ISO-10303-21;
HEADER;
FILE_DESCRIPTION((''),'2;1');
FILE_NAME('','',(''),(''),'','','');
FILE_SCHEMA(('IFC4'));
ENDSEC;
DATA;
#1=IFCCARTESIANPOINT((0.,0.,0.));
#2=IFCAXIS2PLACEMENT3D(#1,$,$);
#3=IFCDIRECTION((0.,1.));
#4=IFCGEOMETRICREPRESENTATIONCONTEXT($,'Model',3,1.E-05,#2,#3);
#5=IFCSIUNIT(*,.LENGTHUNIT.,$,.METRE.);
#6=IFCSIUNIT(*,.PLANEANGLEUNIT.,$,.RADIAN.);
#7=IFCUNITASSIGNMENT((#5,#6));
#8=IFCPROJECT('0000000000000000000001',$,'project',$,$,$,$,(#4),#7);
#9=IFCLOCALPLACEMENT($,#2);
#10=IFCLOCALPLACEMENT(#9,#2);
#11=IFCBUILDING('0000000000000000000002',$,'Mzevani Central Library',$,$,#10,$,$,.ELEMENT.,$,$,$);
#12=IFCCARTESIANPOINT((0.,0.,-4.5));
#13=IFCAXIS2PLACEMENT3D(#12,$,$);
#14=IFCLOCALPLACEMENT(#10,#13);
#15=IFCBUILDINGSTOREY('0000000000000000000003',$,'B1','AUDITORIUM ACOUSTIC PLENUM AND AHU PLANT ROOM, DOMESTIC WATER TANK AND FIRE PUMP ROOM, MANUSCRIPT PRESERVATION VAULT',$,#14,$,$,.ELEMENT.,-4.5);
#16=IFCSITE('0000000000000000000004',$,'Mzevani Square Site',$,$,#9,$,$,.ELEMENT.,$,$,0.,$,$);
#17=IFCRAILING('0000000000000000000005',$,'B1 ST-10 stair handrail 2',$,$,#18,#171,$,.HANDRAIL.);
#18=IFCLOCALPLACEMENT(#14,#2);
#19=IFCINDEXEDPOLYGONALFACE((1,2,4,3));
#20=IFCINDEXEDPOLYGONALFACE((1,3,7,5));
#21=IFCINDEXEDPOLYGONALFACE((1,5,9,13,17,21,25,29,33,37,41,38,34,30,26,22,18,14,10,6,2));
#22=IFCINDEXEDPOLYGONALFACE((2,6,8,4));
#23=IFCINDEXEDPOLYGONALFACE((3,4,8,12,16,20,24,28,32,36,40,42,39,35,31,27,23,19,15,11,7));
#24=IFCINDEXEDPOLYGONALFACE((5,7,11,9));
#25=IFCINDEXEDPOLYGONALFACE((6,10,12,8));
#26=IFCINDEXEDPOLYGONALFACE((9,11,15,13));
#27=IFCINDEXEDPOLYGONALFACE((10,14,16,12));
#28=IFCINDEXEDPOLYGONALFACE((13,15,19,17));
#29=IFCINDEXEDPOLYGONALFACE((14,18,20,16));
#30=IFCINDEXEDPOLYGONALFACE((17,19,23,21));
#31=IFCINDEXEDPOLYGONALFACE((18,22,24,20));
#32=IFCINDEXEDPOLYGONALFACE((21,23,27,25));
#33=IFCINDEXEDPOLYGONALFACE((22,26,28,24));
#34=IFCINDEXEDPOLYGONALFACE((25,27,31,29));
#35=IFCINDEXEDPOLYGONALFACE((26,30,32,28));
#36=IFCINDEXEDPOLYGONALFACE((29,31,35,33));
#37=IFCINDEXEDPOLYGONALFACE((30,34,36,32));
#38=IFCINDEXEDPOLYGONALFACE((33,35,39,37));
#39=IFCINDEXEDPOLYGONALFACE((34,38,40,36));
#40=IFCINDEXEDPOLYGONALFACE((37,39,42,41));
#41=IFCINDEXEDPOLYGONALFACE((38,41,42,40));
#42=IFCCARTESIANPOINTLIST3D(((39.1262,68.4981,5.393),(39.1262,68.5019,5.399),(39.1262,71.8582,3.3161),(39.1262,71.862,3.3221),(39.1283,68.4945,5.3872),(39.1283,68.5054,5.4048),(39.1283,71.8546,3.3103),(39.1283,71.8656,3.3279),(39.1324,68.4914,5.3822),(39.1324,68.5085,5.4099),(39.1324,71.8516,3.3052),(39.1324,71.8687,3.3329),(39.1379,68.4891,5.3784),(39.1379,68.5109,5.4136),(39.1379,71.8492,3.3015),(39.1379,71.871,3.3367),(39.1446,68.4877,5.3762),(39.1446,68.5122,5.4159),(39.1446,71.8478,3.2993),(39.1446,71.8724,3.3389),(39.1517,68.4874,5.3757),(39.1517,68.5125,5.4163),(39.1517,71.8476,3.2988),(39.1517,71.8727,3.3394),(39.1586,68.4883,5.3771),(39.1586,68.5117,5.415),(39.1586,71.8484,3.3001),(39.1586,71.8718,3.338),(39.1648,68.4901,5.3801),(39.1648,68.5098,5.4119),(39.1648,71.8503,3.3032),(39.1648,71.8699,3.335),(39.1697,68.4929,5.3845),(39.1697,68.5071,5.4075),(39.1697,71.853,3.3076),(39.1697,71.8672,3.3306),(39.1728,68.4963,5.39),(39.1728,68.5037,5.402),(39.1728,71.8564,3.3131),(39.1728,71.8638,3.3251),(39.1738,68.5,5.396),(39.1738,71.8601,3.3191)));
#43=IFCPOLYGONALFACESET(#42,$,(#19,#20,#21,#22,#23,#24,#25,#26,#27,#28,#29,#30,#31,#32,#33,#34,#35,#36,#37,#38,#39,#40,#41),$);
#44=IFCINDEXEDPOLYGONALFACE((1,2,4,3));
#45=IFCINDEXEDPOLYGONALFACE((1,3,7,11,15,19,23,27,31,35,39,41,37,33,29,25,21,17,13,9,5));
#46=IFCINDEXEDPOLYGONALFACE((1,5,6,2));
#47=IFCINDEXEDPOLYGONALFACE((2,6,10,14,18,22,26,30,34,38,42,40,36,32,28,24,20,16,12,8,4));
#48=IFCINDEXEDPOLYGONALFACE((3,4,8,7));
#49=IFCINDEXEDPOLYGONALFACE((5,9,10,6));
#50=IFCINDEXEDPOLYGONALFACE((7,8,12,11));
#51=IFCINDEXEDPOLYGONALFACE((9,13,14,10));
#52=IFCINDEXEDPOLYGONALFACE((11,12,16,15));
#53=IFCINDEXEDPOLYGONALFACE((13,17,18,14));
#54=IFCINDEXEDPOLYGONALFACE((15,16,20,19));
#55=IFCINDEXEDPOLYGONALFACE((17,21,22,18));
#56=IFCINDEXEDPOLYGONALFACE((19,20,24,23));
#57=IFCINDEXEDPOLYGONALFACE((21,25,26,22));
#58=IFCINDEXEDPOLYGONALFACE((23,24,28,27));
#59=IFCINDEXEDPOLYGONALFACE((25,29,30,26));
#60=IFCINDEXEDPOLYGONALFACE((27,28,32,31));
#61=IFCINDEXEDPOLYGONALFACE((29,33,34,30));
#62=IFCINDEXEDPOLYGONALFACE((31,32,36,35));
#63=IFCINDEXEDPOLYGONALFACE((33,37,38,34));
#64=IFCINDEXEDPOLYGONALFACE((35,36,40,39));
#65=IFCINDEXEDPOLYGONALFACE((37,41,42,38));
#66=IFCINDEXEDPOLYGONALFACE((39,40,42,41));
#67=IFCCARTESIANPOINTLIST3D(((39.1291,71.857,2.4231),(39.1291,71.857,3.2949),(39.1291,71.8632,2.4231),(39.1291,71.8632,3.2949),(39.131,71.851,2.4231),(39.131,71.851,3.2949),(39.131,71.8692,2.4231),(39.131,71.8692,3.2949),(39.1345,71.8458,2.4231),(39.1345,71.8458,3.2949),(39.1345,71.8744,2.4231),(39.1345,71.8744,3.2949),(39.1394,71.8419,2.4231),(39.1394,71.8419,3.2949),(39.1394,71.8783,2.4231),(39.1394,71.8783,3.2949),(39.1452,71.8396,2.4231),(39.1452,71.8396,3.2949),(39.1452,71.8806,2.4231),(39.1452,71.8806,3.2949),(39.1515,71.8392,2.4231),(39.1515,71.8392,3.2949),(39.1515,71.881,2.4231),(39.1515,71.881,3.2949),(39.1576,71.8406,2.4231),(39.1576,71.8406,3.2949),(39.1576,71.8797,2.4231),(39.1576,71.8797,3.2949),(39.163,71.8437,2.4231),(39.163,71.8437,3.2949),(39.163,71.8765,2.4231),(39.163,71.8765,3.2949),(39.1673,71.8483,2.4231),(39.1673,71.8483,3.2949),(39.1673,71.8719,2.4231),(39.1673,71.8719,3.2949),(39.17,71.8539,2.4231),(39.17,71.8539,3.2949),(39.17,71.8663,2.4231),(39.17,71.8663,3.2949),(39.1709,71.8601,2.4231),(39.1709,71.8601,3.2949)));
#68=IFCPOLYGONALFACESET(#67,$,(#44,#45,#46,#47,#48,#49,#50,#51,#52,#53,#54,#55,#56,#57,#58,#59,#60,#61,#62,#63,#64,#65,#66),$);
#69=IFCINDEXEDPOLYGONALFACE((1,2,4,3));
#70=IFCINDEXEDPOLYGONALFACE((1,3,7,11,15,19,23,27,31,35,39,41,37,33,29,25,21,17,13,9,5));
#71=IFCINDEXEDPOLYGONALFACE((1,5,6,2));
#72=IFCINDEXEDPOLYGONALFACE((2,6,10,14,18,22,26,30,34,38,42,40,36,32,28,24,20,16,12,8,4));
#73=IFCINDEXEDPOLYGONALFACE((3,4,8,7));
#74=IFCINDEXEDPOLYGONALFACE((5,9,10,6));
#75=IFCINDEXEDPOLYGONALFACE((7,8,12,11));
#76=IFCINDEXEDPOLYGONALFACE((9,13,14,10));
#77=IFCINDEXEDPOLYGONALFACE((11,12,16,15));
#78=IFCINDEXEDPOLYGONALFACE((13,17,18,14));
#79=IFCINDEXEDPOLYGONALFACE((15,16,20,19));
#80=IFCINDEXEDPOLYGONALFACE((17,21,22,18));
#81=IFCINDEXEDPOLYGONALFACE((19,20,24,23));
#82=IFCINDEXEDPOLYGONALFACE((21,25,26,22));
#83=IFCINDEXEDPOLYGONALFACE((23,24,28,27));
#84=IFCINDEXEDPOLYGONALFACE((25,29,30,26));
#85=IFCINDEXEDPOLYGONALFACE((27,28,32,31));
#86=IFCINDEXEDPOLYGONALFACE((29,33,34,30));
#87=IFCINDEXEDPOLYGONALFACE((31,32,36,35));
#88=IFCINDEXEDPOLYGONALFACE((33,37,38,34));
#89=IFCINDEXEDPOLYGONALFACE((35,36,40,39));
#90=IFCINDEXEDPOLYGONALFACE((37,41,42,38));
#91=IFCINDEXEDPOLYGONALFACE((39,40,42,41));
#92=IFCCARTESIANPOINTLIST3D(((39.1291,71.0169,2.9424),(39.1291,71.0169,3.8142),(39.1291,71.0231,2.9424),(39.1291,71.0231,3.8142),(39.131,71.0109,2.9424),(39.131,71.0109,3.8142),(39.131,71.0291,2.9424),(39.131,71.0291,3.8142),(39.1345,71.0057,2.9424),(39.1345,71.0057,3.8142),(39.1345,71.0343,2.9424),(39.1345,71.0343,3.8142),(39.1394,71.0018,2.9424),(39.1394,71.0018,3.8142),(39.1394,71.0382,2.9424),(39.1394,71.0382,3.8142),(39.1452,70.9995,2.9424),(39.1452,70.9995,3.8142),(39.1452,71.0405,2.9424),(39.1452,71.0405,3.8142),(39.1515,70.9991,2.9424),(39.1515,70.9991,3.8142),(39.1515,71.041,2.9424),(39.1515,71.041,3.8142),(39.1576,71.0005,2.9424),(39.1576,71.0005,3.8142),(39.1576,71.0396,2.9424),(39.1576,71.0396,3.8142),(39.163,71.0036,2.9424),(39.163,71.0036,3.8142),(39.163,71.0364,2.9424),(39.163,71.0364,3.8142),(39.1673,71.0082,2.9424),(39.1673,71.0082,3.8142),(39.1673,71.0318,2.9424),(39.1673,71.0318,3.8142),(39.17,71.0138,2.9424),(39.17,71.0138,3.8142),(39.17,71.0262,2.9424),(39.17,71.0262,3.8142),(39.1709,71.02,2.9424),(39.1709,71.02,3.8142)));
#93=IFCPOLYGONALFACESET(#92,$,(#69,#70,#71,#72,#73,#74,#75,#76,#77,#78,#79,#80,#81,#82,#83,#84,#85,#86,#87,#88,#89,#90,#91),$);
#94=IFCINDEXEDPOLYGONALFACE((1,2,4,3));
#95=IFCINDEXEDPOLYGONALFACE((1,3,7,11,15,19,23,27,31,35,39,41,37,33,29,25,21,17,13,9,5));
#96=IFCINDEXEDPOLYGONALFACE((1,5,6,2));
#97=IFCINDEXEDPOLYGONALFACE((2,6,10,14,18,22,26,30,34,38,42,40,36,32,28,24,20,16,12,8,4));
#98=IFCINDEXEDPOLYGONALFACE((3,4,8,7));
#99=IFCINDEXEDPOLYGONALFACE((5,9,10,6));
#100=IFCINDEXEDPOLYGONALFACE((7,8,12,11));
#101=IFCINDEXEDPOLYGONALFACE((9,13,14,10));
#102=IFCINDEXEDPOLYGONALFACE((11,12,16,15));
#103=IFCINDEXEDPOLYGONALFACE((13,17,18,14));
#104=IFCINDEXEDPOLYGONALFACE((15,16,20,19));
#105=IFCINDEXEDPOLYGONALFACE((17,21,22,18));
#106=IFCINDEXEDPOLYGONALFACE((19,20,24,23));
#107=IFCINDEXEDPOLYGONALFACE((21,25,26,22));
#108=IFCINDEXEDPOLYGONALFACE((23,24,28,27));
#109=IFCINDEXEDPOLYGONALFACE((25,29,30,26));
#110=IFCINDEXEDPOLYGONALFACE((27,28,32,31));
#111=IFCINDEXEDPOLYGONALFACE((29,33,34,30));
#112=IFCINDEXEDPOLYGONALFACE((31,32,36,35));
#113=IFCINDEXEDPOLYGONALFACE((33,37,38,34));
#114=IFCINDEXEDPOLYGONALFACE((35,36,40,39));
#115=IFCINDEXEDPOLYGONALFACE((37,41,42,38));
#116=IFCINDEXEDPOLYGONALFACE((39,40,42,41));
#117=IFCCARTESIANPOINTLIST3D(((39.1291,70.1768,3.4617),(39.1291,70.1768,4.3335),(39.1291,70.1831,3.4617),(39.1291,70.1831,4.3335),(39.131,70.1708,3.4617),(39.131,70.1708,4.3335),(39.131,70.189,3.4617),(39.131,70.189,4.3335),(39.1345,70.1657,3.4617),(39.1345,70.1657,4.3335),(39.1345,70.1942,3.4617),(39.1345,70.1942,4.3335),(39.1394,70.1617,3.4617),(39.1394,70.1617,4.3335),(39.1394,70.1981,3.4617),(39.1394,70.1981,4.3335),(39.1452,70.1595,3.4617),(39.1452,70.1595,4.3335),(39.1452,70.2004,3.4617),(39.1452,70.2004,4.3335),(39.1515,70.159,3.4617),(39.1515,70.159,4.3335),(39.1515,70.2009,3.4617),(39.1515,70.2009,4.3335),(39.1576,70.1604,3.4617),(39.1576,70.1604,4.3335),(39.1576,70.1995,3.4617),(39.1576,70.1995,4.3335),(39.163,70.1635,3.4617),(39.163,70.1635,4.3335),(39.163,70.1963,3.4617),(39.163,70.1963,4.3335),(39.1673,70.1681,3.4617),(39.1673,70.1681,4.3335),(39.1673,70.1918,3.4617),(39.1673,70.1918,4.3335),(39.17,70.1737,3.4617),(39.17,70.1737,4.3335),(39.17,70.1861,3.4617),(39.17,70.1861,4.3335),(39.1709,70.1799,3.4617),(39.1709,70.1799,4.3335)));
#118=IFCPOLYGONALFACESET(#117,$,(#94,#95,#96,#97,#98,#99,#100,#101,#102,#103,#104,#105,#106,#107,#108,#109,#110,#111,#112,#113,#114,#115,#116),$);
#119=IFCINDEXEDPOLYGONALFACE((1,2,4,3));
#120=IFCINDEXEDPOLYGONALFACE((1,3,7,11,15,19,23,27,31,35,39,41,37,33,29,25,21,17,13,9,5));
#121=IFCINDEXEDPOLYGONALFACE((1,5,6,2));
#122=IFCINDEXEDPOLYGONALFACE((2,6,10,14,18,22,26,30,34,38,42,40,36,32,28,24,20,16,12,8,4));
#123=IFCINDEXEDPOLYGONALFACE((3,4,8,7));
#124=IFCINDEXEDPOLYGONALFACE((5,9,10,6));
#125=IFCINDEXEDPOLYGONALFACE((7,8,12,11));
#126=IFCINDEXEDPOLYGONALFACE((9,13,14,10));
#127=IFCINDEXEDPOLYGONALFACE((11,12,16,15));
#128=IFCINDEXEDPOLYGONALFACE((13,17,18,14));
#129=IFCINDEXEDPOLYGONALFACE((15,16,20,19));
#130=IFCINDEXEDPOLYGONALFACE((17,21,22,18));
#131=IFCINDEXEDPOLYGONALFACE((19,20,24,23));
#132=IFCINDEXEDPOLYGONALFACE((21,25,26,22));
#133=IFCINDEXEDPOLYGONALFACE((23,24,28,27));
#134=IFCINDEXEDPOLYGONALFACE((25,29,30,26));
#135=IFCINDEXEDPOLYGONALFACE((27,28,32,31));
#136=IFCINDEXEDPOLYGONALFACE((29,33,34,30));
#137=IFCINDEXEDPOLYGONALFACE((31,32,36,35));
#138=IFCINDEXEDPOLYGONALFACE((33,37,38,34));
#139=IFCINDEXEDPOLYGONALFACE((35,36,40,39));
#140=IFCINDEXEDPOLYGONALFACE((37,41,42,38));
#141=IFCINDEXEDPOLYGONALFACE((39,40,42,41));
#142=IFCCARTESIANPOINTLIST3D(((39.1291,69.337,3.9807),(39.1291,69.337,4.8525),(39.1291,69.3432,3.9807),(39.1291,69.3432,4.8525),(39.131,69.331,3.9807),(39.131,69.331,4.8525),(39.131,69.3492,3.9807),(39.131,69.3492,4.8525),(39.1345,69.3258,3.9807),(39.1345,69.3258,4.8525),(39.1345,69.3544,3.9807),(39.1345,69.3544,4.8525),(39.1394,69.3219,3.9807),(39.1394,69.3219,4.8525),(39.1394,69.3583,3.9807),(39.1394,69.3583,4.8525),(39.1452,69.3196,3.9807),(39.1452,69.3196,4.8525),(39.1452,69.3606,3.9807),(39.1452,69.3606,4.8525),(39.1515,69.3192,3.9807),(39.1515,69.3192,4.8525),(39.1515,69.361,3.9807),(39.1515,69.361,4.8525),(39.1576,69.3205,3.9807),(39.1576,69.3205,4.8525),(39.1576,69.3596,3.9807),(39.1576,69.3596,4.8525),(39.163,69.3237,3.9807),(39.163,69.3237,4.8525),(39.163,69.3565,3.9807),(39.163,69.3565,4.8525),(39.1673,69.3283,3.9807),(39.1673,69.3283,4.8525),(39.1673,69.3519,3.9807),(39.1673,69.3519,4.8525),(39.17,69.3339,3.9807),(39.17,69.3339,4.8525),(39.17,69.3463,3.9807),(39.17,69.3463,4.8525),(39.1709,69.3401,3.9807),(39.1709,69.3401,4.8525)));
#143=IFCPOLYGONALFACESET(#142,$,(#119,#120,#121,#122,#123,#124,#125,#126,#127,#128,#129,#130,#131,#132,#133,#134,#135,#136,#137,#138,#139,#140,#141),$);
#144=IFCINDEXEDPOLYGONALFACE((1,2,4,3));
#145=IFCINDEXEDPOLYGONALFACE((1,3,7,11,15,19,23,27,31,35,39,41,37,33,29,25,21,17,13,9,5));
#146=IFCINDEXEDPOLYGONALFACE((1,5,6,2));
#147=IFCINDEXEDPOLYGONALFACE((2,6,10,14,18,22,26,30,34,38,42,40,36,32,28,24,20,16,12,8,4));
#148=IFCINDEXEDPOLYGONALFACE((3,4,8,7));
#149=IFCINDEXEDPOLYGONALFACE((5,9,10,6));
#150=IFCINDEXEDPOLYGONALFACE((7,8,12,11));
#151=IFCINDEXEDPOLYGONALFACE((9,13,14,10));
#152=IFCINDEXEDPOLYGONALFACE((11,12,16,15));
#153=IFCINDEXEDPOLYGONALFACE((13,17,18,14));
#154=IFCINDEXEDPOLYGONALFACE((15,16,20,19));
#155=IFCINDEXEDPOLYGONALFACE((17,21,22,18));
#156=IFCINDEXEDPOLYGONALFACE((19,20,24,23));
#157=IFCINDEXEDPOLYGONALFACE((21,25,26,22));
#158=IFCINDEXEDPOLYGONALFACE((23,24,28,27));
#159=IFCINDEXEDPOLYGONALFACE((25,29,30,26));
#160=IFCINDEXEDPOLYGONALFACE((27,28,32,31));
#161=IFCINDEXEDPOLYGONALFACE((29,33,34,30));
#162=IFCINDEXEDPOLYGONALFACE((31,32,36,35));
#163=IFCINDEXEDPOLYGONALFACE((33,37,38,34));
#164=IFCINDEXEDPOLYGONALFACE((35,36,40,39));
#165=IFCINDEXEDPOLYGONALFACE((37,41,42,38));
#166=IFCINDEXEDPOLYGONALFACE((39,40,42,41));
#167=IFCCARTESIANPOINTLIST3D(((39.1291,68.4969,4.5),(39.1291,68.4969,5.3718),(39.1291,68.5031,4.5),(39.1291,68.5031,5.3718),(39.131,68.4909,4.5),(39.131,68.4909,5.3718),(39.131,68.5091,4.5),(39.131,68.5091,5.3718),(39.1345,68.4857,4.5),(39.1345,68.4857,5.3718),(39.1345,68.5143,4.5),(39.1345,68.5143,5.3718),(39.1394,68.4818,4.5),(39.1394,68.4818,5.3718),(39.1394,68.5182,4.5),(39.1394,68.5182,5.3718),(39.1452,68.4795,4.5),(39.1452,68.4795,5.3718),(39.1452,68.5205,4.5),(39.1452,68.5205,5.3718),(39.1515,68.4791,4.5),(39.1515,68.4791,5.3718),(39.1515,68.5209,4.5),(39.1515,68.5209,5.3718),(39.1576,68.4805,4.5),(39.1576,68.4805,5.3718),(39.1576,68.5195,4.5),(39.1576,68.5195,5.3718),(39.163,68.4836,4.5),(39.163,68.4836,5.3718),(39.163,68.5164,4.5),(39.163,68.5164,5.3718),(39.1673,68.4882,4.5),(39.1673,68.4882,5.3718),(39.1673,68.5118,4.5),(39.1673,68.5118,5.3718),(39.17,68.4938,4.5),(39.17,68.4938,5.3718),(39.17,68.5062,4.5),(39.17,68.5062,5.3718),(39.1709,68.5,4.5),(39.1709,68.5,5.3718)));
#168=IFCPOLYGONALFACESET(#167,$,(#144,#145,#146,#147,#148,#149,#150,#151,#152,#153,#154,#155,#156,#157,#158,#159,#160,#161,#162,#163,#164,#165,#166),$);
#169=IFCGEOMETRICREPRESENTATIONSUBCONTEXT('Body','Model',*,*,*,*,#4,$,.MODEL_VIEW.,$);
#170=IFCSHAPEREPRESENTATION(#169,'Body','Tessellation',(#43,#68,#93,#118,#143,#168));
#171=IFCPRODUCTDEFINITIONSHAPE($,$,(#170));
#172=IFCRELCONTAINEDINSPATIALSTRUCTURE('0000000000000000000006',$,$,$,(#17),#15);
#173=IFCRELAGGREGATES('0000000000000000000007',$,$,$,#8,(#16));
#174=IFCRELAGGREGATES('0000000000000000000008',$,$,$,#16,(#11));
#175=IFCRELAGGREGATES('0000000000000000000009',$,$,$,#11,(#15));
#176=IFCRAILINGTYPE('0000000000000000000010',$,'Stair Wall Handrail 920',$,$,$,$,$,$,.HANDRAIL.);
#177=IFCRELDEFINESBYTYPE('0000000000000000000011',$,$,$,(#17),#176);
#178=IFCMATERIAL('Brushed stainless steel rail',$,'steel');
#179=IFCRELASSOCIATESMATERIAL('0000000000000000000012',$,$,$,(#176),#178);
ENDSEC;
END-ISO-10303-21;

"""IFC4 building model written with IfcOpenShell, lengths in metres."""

from ifc_helpers import new_model, si_unit, direction, frame, origin, origin_2d, place, context, subcontext, project, spatial, circle, extrude, material, type_object, element, save


model = new_model("IFC4")

# Units and contexts
model_context = context("Model", 3, precision=1e-05, world=origin(), true_north=direction((0.0, 1.0)))
body_context = subcontext(model_context, "Body", "Model", "MODEL_VIEW")
ifc_project = project(units=[si_unit("LENGTHUNIT", "METRE"), si_unit("PLANEANGLEUNIT", "RADIAN")], contexts=[model_context])

# Site, building, storey
site_placement = place(None, origin())
site = spatial("IfcSite", under=ifc_project, at=site_placement, Name="Mzevani Square Site", CompositionType="ELEMENT", RefElevation=0.0)
building_placement = place(site_placement, origin())
building = spatial("IfcBuilding", under=site, at=building_placement, Name="Mzevani Central Library", CompositionType="ELEMENT")
storey_placement = place(building_placement, frame((0.0, 0.0, -4.5)))
storey = spatial("IfcBuildingStorey", under=building, at=storey_placement, Name="B1", Description="AUDITORIUM ACOUSTIC PLENUM AND AHU PLANT ROOM, DOMESTIC WATER TANK AND FIRE PUMP ROOM, MANUSCRIPT PRESERVATION VAULT", CompositionType="ELEMENT", Elevation=-4.5)

# Shared definitions
ifc_material_1 = material(Name="Brushed stainless steel rail", Category="steel")

# Railing
railing_type_1 = type_object("IfcRailingType", Name="Stair Wall Handrail 920", PredefinedType="HANDRAIL", material=ifc_material_1)
railing_1_placement = place(storey_placement, frame((39.1499, 71.8601, 2.4231)))
element("IfcRailing", 1, at=railing_1_placement, inside=storey, type_object=railing_type_1, Name="B1 ST-10 stair handrail 2", PredefinedType="HANDRAIL", context=body_context, shape_type="SweptSolid", body=[
    extrude(circle(Radius=0.0239, at=origin_2d()), frame((0.0, 0.0, 0.896), z_axis=(0.0, -0.850623, 0.525776), x_axis=(1.0, 0.0, 0.0)), (0.0, 0.0, 1.0), 3.9502),
    extrude(circle(Radius=0.021, at=origin_2d()), origin(), (0.0, 0.0, 1.0), 0.8718),
    extrude(circle(Radius=0.021, at=origin_2d()), frame((0.0, -0.8401, 0.5193)), (0.0, 0.0, 1.0), 0.8718),
    extrude(circle(Radius=0.021, at=origin_2d()), frame((0.0, -1.6802, 1.0386)), (0.0, 0.0, 1.0), 0.8718),
    extrude(circle(Radius=0.021, at=origin_2d()), frame((0.0, -2.52, 1.5576)), (0.0, 0.0, 1.0), 0.8718),
    extrude(circle(Radius=0.021, at=origin_2d()), frame((0.0, -3.3601, 2.0769)), (0.0, 0.0, 1.0), 0.8718),
])

save(model, "model.ifc")
